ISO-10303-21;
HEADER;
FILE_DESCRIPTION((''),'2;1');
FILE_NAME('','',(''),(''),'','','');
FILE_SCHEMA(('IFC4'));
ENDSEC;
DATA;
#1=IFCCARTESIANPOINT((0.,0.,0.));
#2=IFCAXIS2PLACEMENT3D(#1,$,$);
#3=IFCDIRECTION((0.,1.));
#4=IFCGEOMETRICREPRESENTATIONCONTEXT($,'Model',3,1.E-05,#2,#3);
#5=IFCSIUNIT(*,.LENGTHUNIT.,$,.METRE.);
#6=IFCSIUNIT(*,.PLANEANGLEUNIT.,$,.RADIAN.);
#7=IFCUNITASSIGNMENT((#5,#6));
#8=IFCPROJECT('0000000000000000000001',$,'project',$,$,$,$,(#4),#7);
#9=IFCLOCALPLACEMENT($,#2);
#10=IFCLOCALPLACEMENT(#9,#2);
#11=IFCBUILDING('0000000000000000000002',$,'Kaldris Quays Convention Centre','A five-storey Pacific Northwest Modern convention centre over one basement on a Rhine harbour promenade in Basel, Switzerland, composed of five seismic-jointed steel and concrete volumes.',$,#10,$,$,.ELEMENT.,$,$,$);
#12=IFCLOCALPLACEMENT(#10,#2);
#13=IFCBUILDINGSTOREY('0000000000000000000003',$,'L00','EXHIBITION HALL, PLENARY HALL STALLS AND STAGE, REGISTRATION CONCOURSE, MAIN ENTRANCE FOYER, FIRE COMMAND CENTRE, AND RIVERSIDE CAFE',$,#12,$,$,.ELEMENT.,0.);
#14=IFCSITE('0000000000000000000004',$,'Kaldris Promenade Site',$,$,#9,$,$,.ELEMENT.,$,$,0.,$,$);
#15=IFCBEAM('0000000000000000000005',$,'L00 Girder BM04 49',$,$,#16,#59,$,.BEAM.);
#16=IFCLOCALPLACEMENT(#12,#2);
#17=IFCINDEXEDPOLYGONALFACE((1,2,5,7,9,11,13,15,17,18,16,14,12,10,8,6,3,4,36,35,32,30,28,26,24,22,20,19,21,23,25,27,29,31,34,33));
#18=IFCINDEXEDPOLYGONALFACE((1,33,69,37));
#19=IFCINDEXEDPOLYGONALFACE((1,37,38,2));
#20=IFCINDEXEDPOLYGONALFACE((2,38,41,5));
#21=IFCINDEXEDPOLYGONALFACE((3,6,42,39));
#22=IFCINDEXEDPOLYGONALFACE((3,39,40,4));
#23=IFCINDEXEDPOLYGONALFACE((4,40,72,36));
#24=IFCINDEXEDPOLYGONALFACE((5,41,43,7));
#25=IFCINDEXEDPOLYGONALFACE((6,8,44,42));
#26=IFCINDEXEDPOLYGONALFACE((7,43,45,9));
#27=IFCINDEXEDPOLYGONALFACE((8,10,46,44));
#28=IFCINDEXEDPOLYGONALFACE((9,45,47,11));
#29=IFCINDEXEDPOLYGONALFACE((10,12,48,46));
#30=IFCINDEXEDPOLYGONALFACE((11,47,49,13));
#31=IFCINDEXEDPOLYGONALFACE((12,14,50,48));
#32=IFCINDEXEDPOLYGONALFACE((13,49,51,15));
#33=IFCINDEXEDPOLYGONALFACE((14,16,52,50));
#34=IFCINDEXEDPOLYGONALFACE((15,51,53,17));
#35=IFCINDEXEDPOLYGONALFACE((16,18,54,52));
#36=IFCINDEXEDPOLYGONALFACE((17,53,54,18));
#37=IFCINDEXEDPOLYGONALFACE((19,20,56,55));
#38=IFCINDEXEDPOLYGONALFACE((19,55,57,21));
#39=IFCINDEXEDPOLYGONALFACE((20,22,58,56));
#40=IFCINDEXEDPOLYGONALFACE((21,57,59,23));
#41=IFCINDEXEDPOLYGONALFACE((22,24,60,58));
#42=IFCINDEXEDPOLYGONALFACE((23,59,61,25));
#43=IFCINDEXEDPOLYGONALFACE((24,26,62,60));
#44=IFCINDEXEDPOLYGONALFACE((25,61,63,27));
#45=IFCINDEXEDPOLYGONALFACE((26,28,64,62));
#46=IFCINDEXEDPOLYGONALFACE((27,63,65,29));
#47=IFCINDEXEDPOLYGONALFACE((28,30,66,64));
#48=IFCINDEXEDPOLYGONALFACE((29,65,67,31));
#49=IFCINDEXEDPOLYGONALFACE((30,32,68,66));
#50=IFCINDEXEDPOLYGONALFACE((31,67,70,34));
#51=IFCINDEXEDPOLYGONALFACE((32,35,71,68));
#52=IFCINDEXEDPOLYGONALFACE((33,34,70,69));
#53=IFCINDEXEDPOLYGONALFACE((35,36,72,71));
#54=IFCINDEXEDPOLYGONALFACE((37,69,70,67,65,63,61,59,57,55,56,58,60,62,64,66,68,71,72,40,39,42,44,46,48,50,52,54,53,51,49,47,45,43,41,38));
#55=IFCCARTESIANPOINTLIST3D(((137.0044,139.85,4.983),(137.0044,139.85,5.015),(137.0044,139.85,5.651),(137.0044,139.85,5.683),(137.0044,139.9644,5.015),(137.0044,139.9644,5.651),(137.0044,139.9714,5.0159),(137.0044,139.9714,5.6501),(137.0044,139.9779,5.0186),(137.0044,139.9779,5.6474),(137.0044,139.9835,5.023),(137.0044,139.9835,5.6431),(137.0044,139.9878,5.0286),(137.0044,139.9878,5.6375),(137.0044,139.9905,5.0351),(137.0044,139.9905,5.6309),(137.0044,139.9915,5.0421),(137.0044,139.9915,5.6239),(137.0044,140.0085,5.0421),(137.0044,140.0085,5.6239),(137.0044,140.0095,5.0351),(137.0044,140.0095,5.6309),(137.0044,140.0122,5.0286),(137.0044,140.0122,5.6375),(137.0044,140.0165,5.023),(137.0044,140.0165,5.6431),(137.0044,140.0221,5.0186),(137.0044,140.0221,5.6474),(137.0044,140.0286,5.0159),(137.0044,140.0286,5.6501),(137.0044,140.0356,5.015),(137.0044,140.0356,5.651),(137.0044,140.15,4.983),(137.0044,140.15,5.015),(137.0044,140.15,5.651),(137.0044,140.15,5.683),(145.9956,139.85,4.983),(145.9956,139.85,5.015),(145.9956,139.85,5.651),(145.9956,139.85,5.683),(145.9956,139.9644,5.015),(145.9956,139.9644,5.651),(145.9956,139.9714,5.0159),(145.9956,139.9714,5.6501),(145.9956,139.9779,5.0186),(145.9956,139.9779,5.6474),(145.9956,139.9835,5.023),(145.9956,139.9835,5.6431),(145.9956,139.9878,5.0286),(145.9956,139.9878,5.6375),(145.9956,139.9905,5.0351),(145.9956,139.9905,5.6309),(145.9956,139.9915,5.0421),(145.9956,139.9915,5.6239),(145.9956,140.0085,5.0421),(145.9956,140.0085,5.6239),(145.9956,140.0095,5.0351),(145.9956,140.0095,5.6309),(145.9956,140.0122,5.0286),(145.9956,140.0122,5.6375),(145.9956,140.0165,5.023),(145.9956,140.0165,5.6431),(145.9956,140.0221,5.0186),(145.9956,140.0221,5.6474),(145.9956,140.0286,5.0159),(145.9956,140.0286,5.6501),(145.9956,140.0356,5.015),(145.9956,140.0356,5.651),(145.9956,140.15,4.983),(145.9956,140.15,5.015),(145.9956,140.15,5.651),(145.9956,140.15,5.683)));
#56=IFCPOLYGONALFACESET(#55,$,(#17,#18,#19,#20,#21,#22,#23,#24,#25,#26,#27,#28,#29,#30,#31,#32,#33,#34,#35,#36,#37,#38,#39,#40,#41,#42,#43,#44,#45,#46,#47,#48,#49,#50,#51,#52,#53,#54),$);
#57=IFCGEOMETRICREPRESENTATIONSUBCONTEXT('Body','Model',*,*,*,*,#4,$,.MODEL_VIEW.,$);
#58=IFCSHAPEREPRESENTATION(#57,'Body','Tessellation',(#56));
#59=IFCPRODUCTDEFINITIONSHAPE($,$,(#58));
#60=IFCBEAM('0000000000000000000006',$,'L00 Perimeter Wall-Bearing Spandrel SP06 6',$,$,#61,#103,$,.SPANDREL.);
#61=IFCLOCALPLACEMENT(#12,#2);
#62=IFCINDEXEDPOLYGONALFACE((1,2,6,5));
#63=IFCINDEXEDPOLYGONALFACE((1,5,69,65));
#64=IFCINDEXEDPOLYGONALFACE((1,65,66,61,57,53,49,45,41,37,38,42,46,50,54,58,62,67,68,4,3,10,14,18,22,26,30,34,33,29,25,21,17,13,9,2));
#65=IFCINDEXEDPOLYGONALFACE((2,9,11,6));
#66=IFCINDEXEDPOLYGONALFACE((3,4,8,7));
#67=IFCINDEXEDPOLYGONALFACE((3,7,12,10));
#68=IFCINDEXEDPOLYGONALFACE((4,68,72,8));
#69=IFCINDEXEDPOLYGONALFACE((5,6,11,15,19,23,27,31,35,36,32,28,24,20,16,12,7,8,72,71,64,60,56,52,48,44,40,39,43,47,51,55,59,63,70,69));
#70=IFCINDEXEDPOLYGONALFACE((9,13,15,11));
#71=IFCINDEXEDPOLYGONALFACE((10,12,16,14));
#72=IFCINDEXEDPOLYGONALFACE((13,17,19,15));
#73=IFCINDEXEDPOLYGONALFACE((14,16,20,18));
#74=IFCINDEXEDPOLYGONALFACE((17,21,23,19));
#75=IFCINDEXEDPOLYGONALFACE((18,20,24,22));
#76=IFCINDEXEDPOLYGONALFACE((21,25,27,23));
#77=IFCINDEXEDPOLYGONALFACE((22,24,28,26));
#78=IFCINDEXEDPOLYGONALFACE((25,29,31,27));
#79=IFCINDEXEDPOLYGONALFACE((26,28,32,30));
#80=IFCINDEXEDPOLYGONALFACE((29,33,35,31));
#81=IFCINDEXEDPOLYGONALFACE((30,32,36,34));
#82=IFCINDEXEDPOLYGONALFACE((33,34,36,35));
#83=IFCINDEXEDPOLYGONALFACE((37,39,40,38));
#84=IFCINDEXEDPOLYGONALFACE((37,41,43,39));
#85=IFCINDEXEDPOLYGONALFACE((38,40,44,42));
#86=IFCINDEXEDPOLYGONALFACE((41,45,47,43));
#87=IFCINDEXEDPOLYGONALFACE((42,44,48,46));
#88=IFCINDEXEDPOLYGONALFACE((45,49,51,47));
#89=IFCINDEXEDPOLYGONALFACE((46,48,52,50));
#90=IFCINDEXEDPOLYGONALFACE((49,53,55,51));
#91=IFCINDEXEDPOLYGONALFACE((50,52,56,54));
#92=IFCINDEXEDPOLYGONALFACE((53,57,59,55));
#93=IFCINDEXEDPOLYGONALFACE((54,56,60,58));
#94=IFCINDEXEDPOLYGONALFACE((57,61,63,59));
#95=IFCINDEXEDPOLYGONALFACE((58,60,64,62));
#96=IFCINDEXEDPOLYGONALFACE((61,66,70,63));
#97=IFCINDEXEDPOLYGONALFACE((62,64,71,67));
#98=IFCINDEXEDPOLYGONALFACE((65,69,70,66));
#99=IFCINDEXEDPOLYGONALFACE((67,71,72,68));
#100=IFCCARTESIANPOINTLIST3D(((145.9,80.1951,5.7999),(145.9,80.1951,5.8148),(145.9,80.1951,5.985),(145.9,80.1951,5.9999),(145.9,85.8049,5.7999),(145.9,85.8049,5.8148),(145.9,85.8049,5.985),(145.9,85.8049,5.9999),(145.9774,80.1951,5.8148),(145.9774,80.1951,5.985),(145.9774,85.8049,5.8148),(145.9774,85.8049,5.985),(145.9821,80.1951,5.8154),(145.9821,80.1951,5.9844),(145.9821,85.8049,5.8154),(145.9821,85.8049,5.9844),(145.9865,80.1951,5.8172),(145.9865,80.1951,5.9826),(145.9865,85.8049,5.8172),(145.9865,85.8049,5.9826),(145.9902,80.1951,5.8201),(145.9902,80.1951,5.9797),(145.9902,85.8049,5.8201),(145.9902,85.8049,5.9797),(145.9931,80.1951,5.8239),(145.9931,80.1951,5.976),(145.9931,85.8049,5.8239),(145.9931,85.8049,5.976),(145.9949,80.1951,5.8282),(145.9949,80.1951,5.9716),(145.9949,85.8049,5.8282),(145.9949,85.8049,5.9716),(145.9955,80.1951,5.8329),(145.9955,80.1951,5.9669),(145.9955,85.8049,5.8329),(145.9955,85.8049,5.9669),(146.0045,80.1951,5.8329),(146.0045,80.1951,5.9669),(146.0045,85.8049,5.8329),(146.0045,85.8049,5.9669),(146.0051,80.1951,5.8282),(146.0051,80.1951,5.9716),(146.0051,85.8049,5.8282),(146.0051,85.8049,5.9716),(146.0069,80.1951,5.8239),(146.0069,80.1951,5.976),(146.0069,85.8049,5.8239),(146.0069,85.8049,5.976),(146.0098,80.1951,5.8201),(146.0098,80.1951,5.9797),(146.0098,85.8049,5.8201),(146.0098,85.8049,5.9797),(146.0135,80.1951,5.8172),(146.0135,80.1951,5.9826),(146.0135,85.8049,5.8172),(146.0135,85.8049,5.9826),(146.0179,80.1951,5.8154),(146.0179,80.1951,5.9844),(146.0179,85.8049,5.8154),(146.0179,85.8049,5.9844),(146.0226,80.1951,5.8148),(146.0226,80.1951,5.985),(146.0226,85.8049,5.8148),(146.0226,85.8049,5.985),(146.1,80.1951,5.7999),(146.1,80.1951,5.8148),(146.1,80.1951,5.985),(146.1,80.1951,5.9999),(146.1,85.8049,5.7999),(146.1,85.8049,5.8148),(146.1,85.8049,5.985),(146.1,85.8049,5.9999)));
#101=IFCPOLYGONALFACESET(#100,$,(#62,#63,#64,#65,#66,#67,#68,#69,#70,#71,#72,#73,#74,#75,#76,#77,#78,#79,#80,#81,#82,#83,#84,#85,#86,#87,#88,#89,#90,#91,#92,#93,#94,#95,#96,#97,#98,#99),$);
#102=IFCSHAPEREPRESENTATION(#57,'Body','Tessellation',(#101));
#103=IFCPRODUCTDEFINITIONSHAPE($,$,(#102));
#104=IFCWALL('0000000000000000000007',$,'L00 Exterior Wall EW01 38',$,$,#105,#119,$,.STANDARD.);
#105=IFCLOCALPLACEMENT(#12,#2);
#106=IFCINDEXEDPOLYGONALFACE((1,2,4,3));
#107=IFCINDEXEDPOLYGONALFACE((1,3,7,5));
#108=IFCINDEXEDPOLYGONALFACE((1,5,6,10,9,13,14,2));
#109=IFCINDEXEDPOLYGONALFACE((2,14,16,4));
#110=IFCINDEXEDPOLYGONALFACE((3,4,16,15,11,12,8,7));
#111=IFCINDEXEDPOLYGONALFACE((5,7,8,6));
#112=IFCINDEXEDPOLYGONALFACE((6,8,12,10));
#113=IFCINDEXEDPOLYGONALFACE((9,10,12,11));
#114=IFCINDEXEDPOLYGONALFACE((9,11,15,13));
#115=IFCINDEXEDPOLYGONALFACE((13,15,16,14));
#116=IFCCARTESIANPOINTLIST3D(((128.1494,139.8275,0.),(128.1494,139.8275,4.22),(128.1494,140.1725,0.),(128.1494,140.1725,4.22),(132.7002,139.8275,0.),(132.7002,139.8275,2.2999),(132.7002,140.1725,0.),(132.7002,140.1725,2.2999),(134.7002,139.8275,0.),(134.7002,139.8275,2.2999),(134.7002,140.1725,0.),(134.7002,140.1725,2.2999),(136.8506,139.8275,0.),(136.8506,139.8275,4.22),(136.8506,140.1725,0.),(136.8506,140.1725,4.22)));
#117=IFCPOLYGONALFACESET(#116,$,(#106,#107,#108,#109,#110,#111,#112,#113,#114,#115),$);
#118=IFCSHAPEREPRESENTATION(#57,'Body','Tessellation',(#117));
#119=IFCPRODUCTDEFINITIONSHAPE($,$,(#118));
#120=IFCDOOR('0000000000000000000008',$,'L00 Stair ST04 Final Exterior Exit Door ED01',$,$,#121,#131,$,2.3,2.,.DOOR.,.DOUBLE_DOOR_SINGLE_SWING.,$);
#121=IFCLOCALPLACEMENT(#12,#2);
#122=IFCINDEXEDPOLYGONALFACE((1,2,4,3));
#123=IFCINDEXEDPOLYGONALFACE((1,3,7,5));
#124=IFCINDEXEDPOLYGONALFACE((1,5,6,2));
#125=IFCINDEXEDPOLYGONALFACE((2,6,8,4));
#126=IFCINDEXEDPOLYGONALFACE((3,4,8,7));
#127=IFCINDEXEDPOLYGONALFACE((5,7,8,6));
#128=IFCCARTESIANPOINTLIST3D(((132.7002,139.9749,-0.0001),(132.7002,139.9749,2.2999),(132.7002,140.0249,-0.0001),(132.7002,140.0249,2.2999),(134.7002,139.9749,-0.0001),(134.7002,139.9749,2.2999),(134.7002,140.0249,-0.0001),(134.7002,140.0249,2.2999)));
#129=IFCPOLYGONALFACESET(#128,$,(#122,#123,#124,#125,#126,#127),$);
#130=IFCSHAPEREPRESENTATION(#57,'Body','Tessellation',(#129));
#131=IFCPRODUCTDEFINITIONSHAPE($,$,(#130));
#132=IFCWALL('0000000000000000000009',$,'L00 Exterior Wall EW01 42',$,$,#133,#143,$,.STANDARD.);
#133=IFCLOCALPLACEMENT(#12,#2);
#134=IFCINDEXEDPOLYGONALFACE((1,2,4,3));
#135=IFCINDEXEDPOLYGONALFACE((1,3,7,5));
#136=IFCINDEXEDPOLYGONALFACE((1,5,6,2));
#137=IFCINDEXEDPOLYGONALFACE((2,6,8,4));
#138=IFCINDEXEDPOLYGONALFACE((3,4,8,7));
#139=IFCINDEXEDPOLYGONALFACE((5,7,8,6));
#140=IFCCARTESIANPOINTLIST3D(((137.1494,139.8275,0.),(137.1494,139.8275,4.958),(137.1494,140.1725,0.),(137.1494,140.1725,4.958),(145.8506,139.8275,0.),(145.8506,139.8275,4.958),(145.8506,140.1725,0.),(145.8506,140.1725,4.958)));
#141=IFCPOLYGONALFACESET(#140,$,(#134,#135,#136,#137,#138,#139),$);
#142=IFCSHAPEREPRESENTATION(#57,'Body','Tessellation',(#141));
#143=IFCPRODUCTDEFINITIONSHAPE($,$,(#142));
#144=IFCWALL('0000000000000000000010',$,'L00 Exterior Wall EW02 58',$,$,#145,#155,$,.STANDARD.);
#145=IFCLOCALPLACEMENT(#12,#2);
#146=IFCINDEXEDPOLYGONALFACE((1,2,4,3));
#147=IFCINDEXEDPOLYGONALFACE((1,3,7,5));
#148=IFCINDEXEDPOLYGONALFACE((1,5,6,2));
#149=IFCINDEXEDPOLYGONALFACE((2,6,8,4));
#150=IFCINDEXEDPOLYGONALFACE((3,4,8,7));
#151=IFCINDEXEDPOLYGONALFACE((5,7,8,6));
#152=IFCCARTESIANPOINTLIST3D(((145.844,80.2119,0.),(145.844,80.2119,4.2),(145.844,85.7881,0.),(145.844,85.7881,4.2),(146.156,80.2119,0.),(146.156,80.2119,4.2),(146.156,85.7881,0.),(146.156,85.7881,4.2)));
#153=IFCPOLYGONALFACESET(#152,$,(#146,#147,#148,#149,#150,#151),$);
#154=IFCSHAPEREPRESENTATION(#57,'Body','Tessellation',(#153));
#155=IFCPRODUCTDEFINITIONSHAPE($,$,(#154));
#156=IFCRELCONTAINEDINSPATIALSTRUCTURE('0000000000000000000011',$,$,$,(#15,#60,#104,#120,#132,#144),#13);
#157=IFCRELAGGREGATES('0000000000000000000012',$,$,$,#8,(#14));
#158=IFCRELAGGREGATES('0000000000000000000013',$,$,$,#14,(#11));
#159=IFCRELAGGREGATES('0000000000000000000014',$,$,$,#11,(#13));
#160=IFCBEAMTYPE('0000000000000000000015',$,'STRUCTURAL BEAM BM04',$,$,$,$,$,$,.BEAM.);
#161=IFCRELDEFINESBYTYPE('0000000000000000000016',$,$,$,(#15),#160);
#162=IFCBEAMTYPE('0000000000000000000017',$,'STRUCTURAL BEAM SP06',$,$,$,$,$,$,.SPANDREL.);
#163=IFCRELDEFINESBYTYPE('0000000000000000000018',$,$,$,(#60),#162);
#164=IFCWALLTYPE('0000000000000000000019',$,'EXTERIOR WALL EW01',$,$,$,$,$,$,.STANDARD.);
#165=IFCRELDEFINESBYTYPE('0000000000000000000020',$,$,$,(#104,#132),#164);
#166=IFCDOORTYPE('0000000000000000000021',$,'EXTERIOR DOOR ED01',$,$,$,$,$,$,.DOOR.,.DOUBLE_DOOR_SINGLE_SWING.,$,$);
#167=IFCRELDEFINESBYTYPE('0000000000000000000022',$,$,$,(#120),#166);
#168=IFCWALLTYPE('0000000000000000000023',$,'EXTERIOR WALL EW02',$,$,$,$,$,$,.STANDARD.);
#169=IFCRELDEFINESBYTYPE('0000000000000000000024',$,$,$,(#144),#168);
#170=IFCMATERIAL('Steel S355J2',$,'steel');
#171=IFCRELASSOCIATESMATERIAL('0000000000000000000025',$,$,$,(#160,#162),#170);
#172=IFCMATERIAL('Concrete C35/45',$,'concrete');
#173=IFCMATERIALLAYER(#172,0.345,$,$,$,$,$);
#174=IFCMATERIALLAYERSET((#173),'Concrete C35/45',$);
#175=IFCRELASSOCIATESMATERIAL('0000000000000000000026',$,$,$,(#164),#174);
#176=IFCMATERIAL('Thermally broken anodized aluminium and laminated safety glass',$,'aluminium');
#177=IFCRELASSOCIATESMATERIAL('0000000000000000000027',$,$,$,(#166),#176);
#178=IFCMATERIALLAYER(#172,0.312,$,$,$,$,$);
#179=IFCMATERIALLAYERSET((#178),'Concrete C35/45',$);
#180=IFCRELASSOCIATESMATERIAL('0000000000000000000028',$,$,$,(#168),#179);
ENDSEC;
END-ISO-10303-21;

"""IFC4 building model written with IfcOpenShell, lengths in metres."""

from ifc_helpers import new_model, si_unit, direction, frame, frame_2d, origin, origin_2d, place, context, subcontext, project, spatial, rectangle, i_section, extrude, material, layer, layer_set, material_profile, profile_set, type_object, element, fill, save


model = new_model("IFC4")

# Units and contexts
model_context = context("Model", 3, precision=1e-05, world=origin(), true_north=direction((0.0, 1.0)))
body_context = subcontext(model_context, "Body", "Model", "MODEL_VIEW")
ifc_project = project(units=[si_unit("LENGTHUNIT", "METRE"), si_unit("PLANEANGLEUNIT", "RADIAN")], contexts=[model_context])

# Site, building, storey
site_placement = place(None, origin())
site = spatial("IfcSite", under=ifc_project, at=site_placement, Name="Kaldris Promenade Site", CompositionType="ELEMENT", RefElevation=0.0)
building_placement = place(site_placement, origin())
building = spatial("IfcBuilding", under=site, at=building_placement, Name="Kaldris Quays Convention Centre", Description="A five-storey Pacific Northwest Modern convention centre over one basement on a Rhine harbour promenade in Basel, Switzerland, composed of five seismic-jointed steel and concrete volumes.", CompositionType="ELEMENT")
storey_placement = place(building_placement, origin())
storey = spatial("IfcBuildingStorey", under=building, at=storey_placement, Name="L00", Description="EXHIBITION HALL, PLENARY HALL STALLS AND STAGE, REGISTRATION CONCOURSE, MAIN ENTRANCE FOYER, FIRE COMMAND CENTRE, AND RIVERSIDE CAFE", CompositionType="ELEMENT", Elevation=0.0)

# Beams
ifc_material_1 = material(Name="Steel S355J2", Category="steel")
ifc_material_profile_1 = material_profile(ifc_material_1, i_section(OverallWidth=0.3, OverallDepth=0.7, WebThickness=0.0171, FlangeThickness=0.032, FilletRadius=0.0271, at=origin_2d()), Name="HEB 700")
ifc_profile_set_1 = profile_set([ifc_material_profile_1], Name="Steel S355J2")
beam_type_1 = type_object("IfcBeamType", Name="STRUCTURAL BEAM BM04", PredefinedType="BEAM", material=ifc_profile_set_1)
for number, where, z_axis, x_axis, name in (
    (1, (137.0044, 140.0, 5.333), (1.0, 0.0, 0.0), (0.0, 1.0, 0.0), "L00 Girder BM04 49"),
):
    element("IfcBeam", number, at=place(storey_placement, frame(where, z_axis=z_axis, x_axis=x_axis)), inside=storey, type_object=beam_type_1, Name=name, PredefinedType="BEAM", context=body_context, shape_type="SweptSolid", body=[
        extrude(i_section(OverallWidth=0.3, OverallDepth=0.7, WebThickness=0.0171, FlangeThickness=0.032, FilletRadius=0.0271, at=origin_2d()), origin(), (0.0, 0.0, 1.0), 8.9912),
    ])
ifc_material_profile_2 = material_profile(ifc_material_1, i_section(OverallWidth=0.2, OverallDepth=0.2, WebThickness=0.009, FlangeThickness=0.0149, FilletRadius=0.0181, at=origin_2d()), Name="HEB 200")
ifc_profile_set_2 = profile_set([ifc_material_profile_2], Name="Steel S355J2")
beam_type_2 = type_object("IfcBeamType", Name="STRUCTURAL BEAM SP06", PredefinedType="SPANDREL", material=ifc_profile_set_2)
beam_1_placement = place(storey_placement, frame((146.0, 80.1951, 5.8999), z_axis=(0.0, 1.0, 0.0), x_axis=(-1.0, 0.0, 0.0)))
element("IfcBeam", 2, at=beam_1_placement, inside=storey, type_object=beam_type_2, Name="L00 Perimeter Wall-Bearing Spandrel SP06 6", PredefinedType="SPANDREL", context=body_context, shape_type="SweptSolid", body=[
    extrude(i_section(OverallWidth=0.2, OverallDepth=0.2, WebThickness=0.009, FlangeThickness=0.0149, FilletRadius=0.0181, at=origin_2d()), origin(), (0.0, 0.0, 1.0), 5.6099),
])

# Wall, opening, door
ifc_material_2 = material(Name="Concrete C35/45", Category="concrete")
ifc_layer_1 = layer(ifc_material_2, 0.345)
ifc_layer_set_1 = layer_set([ifc_layer_1], Name="Concrete C35/45")
wall_type_1 = type_object("IfcWallType", Name="EXTERIOR WALL EW01", PredefinedType="STANDARD", material=ifc_layer_set_1)
wall_1_placement = place(storey_placement, frame((128.1494, 140.0, 0.0), z_axis=(0.0, 0.0, 1.0), x_axis=(1.0, 0.0, 0.0)))
wall_1 = element("IfcWall", 3, at=wall_1_placement, inside=storey, type_object=wall_type_1, Name="L00 Exterior Wall EW01 38", PredefinedType="STANDARD", context=body_context, shape_type="SweptSolid", body=[
    extrude(rectangle(XDim=8.7012, YDim=0.345, at=frame_2d((4.3506, 0.0))), origin(), (0.0, 0.0, 1.0), 4.22),
])
opening_1_placement = place(wall_1_placement, frame((4.5508, 0.0, 0.0)))
opening_1 = element("IfcOpeningElement", 4, at=opening_1_placement, cuts=wall_1, PredefinedType="OPENING", context=body_context, shape_type="SweptSolid", body=[
    extrude(rectangle(XDim=2.0, YDim=2.3, at=frame_2d((1.0, 1.1499))), frame((0.0, 0.1826, 0.0), z_axis=(0.0, -1.0, 0.0), x_axis=(1.0, 0.0, 0.0)), (0.0, 0.0, 1.0), 0.365),
])
ifc_material_3 = material(Name="Thermally broken anodized aluminium and laminated safety glass", Category="aluminium")
door_type_1 = type_object("IfcDoorType", Name="EXTERIOR DOOR ED01", OperationType="DOUBLE_DOOR_SINGLE_SWING", PredefinedType="DOOR", material=ifc_material_3)
door_1_placement = place(opening_1_placement, origin())
door_1 = element("IfcDoor", 5, at=door_1_placement, inside=storey, type_object=door_type_1, Name="L00 Stair ST04 Final Exterior Exit Door ED01", OperationType="DOUBLE_DOOR_SINGLE_SWING", OverallHeight=2.3, OverallWidth=2.0, PredefinedType="DOOR", context=body_context, shape_type="SweptSolid", body=[
    extrude(rectangle(XDim=2.0, YDim=2.3, at=frame_2d((1.0, 1.1499))), frame((0.0, 0.0249, 0.0), z_axis=(0.0, -1.0, 0.0), x_axis=(1.0, 0.0, 0.0)), (0.0, 0.0, 1.0), 0.05),
])
fill(opening_1, door_1)

# Walls
wall_2_placement = place(storey_placement, frame((137.1494, 140.0, 0.0), z_axis=(0.0, 0.0, 1.0), x_axis=(1.0, 0.0, 0.0)))
element("IfcWall", 6, at=wall_2_placement, inside=storey, type_object=wall_type_1, Name="L00 Exterior Wall EW01 42", PredefinedType="STANDARD", context=body_context, shape_type="SweptSolid", body=[
    extrude(rectangle(XDim=8.7012, YDim=0.345, at=frame_2d((4.3506, 0.0))), origin(), (0.0, 0.0, 1.0), 4.958),
])
ifc_layer_2 = layer(ifc_material_2, 0.312)
ifc_layer_set_2 = layer_set([ifc_layer_2], Name="Concrete C35/45")
wall_type_2 = type_object("IfcWallType", Name="EXTERIOR WALL EW02", PredefinedType="STANDARD", material=ifc_layer_set_2)
wall_3_placement = place(storey_placement, frame((146.0, 80.2119, 0.0), z_axis=(0.0, 0.0, 1.0), x_axis=(0.0, 1.0, 0.0)))
element("IfcWall", 7, at=wall_3_placement, inside=storey, type_object=wall_type_2, Name="L00 Exterior Wall EW02 58", PredefinedType="STANDARD", context=body_context, shape_type="SweptSolid", body=[
    extrude(rectangle(XDim=5.5762, YDim=0.312, at=frame_2d((2.7881, 0.0))), origin(), (0.0, 0.0, 1.0), 4.2),
])

save(model, "model.ifc")
